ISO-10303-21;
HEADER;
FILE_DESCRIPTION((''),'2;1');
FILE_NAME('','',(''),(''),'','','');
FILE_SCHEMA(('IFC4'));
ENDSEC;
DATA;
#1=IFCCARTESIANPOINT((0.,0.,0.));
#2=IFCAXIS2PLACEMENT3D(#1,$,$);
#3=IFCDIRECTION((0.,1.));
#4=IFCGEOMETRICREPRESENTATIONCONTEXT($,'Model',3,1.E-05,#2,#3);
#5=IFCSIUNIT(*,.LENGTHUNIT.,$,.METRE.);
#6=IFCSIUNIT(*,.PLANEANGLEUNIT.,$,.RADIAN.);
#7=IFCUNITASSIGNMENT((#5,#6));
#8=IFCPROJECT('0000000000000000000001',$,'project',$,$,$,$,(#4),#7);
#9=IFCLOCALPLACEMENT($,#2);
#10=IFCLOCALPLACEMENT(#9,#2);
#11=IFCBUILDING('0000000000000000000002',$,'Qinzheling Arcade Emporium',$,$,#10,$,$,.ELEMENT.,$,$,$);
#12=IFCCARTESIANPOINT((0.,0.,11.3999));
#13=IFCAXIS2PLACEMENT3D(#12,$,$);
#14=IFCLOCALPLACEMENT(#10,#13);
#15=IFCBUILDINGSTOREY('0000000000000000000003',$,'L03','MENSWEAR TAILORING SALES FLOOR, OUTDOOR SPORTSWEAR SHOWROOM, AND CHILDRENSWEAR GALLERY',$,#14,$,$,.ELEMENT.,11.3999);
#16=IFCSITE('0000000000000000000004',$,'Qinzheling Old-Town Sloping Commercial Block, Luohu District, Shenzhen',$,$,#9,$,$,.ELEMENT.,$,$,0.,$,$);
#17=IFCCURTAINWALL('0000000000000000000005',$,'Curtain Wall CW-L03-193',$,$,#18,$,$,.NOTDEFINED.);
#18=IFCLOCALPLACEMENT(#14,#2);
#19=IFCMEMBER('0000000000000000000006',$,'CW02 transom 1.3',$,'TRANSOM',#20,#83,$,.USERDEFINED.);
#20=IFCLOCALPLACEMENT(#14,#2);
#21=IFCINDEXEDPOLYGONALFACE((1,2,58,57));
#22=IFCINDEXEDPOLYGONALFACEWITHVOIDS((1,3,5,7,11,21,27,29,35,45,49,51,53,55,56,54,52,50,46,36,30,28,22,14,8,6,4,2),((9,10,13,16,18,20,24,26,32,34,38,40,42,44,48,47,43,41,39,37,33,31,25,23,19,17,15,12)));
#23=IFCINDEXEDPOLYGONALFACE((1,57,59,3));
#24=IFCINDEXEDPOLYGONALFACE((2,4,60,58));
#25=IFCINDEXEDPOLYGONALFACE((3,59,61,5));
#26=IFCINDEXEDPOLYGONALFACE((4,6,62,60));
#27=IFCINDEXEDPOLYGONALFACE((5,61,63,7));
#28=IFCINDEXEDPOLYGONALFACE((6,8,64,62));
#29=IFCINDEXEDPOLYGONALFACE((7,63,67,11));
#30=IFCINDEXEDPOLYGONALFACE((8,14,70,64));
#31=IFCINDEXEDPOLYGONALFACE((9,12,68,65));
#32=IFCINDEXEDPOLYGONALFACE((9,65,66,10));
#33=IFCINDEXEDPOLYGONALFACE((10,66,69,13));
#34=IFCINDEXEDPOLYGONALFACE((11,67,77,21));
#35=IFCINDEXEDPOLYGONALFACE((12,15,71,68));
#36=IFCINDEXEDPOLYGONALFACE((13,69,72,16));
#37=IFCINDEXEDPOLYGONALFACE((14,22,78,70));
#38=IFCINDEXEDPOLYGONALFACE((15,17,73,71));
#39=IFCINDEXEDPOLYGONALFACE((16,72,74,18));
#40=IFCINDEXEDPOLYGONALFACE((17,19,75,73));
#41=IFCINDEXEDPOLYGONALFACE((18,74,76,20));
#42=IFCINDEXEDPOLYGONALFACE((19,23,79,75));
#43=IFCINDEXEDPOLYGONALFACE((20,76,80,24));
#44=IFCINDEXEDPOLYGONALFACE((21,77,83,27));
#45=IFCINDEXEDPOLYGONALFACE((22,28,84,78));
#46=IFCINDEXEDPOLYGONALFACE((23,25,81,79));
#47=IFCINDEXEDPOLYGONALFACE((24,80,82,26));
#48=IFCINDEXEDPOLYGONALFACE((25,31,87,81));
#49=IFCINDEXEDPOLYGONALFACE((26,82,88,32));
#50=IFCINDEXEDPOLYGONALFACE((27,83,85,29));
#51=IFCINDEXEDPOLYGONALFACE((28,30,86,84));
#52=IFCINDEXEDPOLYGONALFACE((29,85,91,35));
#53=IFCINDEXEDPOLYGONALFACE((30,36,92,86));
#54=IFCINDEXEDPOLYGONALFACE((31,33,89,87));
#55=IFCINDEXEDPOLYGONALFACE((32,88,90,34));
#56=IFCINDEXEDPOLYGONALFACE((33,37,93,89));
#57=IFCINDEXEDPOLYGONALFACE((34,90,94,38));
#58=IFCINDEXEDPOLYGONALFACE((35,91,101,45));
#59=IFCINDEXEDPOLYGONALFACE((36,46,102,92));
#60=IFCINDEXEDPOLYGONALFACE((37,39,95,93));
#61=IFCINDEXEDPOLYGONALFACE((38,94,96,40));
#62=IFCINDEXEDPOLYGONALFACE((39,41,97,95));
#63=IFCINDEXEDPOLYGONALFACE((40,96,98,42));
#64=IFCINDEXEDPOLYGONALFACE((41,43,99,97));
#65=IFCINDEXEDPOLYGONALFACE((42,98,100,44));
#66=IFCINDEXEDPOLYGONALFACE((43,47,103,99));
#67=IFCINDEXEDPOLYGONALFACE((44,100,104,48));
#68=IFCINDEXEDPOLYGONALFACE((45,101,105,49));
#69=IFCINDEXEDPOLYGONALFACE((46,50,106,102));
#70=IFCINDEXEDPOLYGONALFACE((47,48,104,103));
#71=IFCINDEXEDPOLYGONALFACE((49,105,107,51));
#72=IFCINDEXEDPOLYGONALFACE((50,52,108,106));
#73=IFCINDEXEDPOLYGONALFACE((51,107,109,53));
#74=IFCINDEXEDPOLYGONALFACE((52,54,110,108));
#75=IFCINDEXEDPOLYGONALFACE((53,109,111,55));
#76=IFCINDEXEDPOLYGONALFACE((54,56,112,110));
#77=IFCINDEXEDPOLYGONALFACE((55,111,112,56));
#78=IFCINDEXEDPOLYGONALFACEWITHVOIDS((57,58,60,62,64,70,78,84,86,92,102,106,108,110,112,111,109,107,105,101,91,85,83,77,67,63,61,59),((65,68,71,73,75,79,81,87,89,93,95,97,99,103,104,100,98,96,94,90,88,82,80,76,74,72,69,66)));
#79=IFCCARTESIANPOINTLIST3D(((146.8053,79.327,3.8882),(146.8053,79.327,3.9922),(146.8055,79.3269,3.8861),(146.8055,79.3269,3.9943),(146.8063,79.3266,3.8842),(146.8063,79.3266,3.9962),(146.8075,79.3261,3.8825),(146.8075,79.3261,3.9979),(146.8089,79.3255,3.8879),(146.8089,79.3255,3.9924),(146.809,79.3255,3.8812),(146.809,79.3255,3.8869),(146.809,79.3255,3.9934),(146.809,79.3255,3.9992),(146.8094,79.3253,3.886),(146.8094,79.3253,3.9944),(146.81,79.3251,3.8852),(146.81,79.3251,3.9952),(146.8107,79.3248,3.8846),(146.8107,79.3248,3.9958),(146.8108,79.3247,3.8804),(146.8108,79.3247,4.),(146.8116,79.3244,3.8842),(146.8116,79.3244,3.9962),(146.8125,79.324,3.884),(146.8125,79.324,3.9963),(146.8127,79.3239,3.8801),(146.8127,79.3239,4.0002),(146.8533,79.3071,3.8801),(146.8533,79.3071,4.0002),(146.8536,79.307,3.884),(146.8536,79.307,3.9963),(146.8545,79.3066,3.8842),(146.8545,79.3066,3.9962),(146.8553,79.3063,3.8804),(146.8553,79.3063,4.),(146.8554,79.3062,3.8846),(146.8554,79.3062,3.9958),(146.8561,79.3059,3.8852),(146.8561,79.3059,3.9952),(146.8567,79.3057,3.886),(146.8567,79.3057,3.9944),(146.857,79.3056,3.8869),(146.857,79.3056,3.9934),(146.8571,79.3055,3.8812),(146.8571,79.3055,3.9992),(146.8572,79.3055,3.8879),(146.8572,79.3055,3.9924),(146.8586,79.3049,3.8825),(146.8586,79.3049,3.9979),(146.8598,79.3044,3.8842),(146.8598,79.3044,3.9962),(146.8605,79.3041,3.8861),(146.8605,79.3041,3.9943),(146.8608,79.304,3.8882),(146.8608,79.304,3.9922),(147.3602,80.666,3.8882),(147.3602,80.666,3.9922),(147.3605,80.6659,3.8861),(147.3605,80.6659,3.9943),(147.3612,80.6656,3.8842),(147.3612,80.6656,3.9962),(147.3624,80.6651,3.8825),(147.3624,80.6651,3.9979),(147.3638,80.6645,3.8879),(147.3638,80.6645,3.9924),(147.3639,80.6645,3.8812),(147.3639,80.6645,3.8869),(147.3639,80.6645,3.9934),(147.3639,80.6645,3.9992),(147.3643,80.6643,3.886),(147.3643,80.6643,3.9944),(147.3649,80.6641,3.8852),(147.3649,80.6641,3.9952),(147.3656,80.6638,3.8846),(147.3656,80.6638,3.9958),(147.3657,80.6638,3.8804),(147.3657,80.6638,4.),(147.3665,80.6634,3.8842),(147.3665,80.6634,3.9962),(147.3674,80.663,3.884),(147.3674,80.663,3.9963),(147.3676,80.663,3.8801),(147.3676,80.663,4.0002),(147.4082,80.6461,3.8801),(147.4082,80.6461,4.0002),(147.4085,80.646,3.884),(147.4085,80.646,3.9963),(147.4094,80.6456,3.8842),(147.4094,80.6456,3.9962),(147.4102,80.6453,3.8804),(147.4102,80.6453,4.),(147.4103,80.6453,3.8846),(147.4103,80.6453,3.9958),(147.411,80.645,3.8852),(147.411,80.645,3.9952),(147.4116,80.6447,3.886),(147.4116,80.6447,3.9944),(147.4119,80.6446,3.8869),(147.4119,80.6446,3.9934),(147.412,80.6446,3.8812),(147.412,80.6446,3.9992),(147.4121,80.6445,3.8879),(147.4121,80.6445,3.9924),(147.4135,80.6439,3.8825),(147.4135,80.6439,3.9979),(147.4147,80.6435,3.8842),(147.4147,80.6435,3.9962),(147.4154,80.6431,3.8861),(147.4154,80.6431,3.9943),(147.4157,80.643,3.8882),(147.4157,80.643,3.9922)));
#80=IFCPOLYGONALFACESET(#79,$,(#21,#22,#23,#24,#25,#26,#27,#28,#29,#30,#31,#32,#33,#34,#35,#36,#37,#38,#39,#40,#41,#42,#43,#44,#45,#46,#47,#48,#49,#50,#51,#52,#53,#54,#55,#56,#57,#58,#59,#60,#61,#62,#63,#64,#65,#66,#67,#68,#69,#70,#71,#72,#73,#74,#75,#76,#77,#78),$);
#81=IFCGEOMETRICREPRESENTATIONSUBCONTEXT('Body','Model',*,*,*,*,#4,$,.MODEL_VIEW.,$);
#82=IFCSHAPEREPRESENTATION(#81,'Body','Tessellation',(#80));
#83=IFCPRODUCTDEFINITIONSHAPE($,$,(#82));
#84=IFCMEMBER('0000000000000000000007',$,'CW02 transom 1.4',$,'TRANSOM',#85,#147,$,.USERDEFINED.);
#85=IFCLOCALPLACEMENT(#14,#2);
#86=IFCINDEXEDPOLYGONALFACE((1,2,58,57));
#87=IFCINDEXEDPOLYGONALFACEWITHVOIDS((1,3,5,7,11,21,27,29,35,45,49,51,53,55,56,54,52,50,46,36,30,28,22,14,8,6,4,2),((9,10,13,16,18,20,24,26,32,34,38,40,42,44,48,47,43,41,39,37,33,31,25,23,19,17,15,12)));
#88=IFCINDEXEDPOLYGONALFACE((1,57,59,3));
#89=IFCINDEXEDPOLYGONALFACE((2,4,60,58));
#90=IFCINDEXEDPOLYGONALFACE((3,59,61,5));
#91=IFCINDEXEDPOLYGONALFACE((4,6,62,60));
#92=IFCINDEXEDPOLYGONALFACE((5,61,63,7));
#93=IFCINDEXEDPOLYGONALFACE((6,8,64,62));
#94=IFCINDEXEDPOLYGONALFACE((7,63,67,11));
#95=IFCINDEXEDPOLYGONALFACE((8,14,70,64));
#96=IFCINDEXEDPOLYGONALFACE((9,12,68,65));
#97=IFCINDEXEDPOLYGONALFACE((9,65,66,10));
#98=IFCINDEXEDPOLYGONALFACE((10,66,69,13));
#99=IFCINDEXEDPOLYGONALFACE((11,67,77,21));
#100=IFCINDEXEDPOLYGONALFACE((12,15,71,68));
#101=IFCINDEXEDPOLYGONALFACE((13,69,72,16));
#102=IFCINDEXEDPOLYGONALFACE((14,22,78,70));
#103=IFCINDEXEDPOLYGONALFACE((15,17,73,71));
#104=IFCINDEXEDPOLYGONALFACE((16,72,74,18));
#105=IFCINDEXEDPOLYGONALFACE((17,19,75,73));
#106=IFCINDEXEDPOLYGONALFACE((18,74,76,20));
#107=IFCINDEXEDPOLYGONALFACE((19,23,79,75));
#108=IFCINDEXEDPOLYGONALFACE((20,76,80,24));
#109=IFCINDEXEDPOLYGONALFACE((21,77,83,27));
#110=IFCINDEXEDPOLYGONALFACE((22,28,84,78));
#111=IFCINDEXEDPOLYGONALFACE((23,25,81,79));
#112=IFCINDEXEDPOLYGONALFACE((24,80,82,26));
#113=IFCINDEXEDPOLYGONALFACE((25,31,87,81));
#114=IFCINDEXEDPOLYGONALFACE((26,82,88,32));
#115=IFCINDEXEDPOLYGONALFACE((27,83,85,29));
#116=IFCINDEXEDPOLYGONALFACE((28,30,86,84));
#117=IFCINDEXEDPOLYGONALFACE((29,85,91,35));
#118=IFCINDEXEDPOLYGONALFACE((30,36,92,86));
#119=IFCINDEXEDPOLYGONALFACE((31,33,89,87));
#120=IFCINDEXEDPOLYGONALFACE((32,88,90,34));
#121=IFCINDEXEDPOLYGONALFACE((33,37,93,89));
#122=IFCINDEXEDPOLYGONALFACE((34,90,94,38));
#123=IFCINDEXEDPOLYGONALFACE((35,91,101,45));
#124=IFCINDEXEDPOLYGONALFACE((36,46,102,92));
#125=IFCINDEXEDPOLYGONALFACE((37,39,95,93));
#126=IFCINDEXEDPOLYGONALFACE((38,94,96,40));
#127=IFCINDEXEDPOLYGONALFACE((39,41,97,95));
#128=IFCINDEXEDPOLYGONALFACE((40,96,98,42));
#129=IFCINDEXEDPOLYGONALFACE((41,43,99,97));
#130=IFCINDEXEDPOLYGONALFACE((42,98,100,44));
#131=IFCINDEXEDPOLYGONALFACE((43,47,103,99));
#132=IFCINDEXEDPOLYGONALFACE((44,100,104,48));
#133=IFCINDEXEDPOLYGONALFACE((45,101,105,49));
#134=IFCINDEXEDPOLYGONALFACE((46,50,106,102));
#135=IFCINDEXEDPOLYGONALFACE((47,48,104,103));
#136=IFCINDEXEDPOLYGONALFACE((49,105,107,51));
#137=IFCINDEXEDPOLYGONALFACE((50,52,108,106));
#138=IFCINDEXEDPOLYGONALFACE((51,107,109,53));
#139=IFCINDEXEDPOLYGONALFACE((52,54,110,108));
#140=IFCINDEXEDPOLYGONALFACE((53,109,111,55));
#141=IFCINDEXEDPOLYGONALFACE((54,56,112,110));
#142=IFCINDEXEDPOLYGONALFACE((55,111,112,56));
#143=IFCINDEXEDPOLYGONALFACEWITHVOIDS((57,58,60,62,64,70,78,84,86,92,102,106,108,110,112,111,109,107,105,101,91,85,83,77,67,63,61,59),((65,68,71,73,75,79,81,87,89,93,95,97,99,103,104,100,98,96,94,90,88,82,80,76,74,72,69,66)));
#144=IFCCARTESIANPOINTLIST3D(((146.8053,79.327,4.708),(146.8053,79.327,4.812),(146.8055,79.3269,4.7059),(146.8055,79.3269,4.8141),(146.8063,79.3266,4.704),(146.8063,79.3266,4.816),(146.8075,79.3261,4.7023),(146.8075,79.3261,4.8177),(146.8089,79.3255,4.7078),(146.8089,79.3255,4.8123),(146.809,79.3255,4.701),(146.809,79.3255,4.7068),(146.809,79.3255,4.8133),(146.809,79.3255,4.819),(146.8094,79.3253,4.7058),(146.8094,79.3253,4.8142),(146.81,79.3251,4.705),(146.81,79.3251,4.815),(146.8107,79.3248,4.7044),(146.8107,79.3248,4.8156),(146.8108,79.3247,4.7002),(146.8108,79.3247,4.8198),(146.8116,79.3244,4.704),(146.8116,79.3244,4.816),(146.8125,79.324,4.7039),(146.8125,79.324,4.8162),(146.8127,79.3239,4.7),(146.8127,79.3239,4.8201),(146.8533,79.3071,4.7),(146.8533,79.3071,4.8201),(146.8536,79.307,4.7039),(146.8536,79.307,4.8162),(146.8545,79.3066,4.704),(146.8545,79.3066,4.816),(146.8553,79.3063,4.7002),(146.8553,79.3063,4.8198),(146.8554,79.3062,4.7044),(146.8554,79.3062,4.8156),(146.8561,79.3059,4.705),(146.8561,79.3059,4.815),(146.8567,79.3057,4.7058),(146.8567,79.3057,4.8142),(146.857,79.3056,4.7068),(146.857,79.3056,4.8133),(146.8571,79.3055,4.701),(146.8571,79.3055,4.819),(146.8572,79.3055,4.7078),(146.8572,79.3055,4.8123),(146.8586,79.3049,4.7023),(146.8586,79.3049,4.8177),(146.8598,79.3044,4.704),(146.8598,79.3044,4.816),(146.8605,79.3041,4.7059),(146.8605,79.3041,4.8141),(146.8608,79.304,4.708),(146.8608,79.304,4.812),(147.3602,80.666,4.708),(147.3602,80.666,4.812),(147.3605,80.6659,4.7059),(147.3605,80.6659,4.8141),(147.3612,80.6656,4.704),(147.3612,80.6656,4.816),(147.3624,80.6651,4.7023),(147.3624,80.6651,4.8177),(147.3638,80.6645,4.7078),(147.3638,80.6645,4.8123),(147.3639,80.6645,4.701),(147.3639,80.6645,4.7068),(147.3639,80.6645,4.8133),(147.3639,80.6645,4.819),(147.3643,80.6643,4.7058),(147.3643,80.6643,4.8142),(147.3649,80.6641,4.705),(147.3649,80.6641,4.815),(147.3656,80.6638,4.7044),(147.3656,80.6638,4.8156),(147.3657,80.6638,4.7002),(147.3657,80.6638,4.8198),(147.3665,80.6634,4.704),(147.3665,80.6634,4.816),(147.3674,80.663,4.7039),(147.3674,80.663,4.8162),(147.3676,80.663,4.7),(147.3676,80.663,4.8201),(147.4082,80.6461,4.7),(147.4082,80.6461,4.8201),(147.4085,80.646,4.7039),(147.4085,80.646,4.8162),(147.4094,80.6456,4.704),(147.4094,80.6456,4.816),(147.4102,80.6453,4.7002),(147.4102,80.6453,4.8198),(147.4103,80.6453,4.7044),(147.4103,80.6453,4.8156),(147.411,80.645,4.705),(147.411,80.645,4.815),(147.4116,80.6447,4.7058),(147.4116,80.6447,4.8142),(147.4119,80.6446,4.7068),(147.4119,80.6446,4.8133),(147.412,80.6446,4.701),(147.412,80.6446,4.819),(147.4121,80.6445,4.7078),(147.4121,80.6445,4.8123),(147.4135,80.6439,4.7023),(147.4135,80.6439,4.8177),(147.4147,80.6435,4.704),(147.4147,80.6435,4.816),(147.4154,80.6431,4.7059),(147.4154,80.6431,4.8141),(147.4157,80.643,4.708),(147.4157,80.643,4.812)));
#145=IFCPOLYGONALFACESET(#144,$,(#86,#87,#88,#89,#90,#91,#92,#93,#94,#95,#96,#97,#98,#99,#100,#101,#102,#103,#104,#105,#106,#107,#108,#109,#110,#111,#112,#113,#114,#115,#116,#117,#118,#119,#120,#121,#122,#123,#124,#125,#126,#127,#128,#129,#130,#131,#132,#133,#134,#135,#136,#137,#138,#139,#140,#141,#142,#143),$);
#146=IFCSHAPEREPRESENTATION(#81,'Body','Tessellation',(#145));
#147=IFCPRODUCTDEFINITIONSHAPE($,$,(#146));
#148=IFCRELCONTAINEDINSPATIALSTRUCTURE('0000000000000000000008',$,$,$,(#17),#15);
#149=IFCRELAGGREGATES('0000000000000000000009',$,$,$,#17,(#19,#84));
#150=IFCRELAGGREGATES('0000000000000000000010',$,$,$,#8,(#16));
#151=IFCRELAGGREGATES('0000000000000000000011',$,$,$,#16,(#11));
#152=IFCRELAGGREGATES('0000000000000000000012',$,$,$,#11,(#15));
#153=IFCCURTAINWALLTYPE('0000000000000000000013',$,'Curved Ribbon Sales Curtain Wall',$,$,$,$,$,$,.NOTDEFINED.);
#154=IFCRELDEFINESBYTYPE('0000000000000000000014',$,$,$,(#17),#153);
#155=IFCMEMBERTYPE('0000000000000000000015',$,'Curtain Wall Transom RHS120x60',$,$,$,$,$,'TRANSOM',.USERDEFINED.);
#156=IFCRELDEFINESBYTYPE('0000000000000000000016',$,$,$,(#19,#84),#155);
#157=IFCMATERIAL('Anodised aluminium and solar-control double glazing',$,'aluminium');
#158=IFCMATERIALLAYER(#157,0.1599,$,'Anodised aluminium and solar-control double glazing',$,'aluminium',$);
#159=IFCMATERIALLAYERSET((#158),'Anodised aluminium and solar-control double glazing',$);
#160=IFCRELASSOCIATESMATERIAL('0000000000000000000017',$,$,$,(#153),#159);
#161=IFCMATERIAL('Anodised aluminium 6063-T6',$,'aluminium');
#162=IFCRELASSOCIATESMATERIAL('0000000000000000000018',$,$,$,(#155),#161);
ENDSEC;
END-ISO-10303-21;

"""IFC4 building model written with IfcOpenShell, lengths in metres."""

from ifc_helpers import new_model, si_unit, direction, frame, origin, origin_2d, place, context, subcontext, project, spatial, hollow_rectangle, extrude, material, layer, layer_set, material_profile, profile_set, type_object, element, aggregate, save


model = new_model("IFC4")

# Units and contexts
model_context = context("Model", 3, precision=1e-05, world=origin(), true_north=direction((0.0, 1.0)))
body_context = subcontext(model_context, "Body", "Model", "MODEL_VIEW")
ifc_project = project(units=[si_unit("LENGTHUNIT", "METRE"), si_unit("PLANEANGLEUNIT", "RADIAN")], contexts=[model_context])

# Site, building, storey
site_placement = place(None, origin())
site = spatial("IfcSite", under=ifc_project, at=site_placement, Name="Qinzheling Old-Town Sloping Commercial Block, Luohu District, Shenzhen", CompositionType="ELEMENT", RefElevation=0.0)
building_placement = place(site_placement, origin())
building = spatial("IfcBuilding", under=site, at=building_placement, Name="Qinzheling Arcade Emporium", CompositionType="ELEMENT")
storey_placement = place(building_placement, frame((0.0, 0.0, 11.3999)))
storey = spatial("IfcBuildingStorey", under=building, at=storey_placement, Name="L03", Description="MENSWEAR TAILORING SALES FLOOR, OUTDOOR SPORTSWEAR SHOWROOM, AND CHILDRENSWEAR GALLERY", CompositionType="ELEMENT", Elevation=11.3999)

# Curtain wall
ifc_material_1 = material(Name="Anodised aluminium and solar-control double glazing", Category="aluminium")
ifc_layer_1 = layer(ifc_material_1, 0.1599, Name="Anodised aluminium and solar-control double glazing", Category="aluminium")
ifc_layer_set_1 = layer_set([ifc_layer_1], Name="Anodised aluminium and solar-control double glazing")
curtain_wall_type = type_object("IfcCurtainWallType", Name="Curved Ribbon Sales Curtain Wall", PredefinedType="NOTDEFINED", material=ifc_layer_set_1)
curtain_wall_1_placement = place(storey_placement, origin())
curtain_wall_1 = element("IfcCurtainWall", 1, at=curtain_wall_1_placement, inside=storey, type_object=curtain_wall_type, Name="Curtain Wall CW-L03-193", PredefinedType="NOTDEFINED")
ifc_material_2 = material(Name="Anodised aluminium 6063-T6", Category="aluminium")

# Members
ifc_material_profile_1 = material_profile(ifc_material_2, hollow_rectangle(XDim=0.0601, YDim=0.1201, WallThickness=0.0039, InnerFilletRadius=0.0039, OuterFilletRadius=0.0081, at=origin_2d()), Name="RHS 120x60x4", Category="aluminium")
ifc_profile_set_1 = profile_set([ifc_material_profile_1], Name="Anodised aluminium 6063-T6")
member_type_1 = type_object("IfcMemberType", Name="Curtain Wall Transom RHS120x60", ElementType="TRANSOM", PredefinedType="USERDEFINED", material=ifc_profile_set_1)
member_1_placement = place(storey_placement, frame((147.3879, 80.6545, 3.9402), z_axis=(-0.382833, -0.923818, 0.0), x_axis=(0.923818, -0.382833, 0.0)))
member_1 = element("IfcMember", 2, at=member_1_placement, type_object=member_type_1, Name="CW02 transom 1.3", ObjectType="TRANSOM", PredefinedType="USERDEFINED", context=body_context, shape_type="SweptSolid", body=[
    extrude(hollow_rectangle(XDim=0.0601, YDim=0.1201, WallThickness=0.0039, InnerFilletRadius=0.0039, OuterFilletRadius=0.0081, at=origin_2d()), origin(), (0.0, 0.0, 1.0), 1.4495),
])
member_2_placement = place(storey_placement, frame((147.3879, 80.6545, 4.76), z_axis=(-0.382833, -0.923818, 0.0), x_axis=(0.923818, -0.382833, 0.0)))
member_2 = element("IfcMember", 3, at=member_2_placement, type_object=member_type_1, Name="CW02 transom 1.4", ObjectType="TRANSOM", PredefinedType="USERDEFINED", context=body_context, shape_type="SweptSolid", body=[
    extrude(hollow_rectangle(XDim=0.0601, YDim=0.1201, WallThickness=0.0039, InnerFilletRadius=0.0039, OuterFilletRadius=0.0081, at=origin_2d()), origin(), (0.0, 0.0, 1.0), 1.4495),
])

aggregate(curtain_wall_1, [member_1, member_2])

save(model, "model.ifc")
